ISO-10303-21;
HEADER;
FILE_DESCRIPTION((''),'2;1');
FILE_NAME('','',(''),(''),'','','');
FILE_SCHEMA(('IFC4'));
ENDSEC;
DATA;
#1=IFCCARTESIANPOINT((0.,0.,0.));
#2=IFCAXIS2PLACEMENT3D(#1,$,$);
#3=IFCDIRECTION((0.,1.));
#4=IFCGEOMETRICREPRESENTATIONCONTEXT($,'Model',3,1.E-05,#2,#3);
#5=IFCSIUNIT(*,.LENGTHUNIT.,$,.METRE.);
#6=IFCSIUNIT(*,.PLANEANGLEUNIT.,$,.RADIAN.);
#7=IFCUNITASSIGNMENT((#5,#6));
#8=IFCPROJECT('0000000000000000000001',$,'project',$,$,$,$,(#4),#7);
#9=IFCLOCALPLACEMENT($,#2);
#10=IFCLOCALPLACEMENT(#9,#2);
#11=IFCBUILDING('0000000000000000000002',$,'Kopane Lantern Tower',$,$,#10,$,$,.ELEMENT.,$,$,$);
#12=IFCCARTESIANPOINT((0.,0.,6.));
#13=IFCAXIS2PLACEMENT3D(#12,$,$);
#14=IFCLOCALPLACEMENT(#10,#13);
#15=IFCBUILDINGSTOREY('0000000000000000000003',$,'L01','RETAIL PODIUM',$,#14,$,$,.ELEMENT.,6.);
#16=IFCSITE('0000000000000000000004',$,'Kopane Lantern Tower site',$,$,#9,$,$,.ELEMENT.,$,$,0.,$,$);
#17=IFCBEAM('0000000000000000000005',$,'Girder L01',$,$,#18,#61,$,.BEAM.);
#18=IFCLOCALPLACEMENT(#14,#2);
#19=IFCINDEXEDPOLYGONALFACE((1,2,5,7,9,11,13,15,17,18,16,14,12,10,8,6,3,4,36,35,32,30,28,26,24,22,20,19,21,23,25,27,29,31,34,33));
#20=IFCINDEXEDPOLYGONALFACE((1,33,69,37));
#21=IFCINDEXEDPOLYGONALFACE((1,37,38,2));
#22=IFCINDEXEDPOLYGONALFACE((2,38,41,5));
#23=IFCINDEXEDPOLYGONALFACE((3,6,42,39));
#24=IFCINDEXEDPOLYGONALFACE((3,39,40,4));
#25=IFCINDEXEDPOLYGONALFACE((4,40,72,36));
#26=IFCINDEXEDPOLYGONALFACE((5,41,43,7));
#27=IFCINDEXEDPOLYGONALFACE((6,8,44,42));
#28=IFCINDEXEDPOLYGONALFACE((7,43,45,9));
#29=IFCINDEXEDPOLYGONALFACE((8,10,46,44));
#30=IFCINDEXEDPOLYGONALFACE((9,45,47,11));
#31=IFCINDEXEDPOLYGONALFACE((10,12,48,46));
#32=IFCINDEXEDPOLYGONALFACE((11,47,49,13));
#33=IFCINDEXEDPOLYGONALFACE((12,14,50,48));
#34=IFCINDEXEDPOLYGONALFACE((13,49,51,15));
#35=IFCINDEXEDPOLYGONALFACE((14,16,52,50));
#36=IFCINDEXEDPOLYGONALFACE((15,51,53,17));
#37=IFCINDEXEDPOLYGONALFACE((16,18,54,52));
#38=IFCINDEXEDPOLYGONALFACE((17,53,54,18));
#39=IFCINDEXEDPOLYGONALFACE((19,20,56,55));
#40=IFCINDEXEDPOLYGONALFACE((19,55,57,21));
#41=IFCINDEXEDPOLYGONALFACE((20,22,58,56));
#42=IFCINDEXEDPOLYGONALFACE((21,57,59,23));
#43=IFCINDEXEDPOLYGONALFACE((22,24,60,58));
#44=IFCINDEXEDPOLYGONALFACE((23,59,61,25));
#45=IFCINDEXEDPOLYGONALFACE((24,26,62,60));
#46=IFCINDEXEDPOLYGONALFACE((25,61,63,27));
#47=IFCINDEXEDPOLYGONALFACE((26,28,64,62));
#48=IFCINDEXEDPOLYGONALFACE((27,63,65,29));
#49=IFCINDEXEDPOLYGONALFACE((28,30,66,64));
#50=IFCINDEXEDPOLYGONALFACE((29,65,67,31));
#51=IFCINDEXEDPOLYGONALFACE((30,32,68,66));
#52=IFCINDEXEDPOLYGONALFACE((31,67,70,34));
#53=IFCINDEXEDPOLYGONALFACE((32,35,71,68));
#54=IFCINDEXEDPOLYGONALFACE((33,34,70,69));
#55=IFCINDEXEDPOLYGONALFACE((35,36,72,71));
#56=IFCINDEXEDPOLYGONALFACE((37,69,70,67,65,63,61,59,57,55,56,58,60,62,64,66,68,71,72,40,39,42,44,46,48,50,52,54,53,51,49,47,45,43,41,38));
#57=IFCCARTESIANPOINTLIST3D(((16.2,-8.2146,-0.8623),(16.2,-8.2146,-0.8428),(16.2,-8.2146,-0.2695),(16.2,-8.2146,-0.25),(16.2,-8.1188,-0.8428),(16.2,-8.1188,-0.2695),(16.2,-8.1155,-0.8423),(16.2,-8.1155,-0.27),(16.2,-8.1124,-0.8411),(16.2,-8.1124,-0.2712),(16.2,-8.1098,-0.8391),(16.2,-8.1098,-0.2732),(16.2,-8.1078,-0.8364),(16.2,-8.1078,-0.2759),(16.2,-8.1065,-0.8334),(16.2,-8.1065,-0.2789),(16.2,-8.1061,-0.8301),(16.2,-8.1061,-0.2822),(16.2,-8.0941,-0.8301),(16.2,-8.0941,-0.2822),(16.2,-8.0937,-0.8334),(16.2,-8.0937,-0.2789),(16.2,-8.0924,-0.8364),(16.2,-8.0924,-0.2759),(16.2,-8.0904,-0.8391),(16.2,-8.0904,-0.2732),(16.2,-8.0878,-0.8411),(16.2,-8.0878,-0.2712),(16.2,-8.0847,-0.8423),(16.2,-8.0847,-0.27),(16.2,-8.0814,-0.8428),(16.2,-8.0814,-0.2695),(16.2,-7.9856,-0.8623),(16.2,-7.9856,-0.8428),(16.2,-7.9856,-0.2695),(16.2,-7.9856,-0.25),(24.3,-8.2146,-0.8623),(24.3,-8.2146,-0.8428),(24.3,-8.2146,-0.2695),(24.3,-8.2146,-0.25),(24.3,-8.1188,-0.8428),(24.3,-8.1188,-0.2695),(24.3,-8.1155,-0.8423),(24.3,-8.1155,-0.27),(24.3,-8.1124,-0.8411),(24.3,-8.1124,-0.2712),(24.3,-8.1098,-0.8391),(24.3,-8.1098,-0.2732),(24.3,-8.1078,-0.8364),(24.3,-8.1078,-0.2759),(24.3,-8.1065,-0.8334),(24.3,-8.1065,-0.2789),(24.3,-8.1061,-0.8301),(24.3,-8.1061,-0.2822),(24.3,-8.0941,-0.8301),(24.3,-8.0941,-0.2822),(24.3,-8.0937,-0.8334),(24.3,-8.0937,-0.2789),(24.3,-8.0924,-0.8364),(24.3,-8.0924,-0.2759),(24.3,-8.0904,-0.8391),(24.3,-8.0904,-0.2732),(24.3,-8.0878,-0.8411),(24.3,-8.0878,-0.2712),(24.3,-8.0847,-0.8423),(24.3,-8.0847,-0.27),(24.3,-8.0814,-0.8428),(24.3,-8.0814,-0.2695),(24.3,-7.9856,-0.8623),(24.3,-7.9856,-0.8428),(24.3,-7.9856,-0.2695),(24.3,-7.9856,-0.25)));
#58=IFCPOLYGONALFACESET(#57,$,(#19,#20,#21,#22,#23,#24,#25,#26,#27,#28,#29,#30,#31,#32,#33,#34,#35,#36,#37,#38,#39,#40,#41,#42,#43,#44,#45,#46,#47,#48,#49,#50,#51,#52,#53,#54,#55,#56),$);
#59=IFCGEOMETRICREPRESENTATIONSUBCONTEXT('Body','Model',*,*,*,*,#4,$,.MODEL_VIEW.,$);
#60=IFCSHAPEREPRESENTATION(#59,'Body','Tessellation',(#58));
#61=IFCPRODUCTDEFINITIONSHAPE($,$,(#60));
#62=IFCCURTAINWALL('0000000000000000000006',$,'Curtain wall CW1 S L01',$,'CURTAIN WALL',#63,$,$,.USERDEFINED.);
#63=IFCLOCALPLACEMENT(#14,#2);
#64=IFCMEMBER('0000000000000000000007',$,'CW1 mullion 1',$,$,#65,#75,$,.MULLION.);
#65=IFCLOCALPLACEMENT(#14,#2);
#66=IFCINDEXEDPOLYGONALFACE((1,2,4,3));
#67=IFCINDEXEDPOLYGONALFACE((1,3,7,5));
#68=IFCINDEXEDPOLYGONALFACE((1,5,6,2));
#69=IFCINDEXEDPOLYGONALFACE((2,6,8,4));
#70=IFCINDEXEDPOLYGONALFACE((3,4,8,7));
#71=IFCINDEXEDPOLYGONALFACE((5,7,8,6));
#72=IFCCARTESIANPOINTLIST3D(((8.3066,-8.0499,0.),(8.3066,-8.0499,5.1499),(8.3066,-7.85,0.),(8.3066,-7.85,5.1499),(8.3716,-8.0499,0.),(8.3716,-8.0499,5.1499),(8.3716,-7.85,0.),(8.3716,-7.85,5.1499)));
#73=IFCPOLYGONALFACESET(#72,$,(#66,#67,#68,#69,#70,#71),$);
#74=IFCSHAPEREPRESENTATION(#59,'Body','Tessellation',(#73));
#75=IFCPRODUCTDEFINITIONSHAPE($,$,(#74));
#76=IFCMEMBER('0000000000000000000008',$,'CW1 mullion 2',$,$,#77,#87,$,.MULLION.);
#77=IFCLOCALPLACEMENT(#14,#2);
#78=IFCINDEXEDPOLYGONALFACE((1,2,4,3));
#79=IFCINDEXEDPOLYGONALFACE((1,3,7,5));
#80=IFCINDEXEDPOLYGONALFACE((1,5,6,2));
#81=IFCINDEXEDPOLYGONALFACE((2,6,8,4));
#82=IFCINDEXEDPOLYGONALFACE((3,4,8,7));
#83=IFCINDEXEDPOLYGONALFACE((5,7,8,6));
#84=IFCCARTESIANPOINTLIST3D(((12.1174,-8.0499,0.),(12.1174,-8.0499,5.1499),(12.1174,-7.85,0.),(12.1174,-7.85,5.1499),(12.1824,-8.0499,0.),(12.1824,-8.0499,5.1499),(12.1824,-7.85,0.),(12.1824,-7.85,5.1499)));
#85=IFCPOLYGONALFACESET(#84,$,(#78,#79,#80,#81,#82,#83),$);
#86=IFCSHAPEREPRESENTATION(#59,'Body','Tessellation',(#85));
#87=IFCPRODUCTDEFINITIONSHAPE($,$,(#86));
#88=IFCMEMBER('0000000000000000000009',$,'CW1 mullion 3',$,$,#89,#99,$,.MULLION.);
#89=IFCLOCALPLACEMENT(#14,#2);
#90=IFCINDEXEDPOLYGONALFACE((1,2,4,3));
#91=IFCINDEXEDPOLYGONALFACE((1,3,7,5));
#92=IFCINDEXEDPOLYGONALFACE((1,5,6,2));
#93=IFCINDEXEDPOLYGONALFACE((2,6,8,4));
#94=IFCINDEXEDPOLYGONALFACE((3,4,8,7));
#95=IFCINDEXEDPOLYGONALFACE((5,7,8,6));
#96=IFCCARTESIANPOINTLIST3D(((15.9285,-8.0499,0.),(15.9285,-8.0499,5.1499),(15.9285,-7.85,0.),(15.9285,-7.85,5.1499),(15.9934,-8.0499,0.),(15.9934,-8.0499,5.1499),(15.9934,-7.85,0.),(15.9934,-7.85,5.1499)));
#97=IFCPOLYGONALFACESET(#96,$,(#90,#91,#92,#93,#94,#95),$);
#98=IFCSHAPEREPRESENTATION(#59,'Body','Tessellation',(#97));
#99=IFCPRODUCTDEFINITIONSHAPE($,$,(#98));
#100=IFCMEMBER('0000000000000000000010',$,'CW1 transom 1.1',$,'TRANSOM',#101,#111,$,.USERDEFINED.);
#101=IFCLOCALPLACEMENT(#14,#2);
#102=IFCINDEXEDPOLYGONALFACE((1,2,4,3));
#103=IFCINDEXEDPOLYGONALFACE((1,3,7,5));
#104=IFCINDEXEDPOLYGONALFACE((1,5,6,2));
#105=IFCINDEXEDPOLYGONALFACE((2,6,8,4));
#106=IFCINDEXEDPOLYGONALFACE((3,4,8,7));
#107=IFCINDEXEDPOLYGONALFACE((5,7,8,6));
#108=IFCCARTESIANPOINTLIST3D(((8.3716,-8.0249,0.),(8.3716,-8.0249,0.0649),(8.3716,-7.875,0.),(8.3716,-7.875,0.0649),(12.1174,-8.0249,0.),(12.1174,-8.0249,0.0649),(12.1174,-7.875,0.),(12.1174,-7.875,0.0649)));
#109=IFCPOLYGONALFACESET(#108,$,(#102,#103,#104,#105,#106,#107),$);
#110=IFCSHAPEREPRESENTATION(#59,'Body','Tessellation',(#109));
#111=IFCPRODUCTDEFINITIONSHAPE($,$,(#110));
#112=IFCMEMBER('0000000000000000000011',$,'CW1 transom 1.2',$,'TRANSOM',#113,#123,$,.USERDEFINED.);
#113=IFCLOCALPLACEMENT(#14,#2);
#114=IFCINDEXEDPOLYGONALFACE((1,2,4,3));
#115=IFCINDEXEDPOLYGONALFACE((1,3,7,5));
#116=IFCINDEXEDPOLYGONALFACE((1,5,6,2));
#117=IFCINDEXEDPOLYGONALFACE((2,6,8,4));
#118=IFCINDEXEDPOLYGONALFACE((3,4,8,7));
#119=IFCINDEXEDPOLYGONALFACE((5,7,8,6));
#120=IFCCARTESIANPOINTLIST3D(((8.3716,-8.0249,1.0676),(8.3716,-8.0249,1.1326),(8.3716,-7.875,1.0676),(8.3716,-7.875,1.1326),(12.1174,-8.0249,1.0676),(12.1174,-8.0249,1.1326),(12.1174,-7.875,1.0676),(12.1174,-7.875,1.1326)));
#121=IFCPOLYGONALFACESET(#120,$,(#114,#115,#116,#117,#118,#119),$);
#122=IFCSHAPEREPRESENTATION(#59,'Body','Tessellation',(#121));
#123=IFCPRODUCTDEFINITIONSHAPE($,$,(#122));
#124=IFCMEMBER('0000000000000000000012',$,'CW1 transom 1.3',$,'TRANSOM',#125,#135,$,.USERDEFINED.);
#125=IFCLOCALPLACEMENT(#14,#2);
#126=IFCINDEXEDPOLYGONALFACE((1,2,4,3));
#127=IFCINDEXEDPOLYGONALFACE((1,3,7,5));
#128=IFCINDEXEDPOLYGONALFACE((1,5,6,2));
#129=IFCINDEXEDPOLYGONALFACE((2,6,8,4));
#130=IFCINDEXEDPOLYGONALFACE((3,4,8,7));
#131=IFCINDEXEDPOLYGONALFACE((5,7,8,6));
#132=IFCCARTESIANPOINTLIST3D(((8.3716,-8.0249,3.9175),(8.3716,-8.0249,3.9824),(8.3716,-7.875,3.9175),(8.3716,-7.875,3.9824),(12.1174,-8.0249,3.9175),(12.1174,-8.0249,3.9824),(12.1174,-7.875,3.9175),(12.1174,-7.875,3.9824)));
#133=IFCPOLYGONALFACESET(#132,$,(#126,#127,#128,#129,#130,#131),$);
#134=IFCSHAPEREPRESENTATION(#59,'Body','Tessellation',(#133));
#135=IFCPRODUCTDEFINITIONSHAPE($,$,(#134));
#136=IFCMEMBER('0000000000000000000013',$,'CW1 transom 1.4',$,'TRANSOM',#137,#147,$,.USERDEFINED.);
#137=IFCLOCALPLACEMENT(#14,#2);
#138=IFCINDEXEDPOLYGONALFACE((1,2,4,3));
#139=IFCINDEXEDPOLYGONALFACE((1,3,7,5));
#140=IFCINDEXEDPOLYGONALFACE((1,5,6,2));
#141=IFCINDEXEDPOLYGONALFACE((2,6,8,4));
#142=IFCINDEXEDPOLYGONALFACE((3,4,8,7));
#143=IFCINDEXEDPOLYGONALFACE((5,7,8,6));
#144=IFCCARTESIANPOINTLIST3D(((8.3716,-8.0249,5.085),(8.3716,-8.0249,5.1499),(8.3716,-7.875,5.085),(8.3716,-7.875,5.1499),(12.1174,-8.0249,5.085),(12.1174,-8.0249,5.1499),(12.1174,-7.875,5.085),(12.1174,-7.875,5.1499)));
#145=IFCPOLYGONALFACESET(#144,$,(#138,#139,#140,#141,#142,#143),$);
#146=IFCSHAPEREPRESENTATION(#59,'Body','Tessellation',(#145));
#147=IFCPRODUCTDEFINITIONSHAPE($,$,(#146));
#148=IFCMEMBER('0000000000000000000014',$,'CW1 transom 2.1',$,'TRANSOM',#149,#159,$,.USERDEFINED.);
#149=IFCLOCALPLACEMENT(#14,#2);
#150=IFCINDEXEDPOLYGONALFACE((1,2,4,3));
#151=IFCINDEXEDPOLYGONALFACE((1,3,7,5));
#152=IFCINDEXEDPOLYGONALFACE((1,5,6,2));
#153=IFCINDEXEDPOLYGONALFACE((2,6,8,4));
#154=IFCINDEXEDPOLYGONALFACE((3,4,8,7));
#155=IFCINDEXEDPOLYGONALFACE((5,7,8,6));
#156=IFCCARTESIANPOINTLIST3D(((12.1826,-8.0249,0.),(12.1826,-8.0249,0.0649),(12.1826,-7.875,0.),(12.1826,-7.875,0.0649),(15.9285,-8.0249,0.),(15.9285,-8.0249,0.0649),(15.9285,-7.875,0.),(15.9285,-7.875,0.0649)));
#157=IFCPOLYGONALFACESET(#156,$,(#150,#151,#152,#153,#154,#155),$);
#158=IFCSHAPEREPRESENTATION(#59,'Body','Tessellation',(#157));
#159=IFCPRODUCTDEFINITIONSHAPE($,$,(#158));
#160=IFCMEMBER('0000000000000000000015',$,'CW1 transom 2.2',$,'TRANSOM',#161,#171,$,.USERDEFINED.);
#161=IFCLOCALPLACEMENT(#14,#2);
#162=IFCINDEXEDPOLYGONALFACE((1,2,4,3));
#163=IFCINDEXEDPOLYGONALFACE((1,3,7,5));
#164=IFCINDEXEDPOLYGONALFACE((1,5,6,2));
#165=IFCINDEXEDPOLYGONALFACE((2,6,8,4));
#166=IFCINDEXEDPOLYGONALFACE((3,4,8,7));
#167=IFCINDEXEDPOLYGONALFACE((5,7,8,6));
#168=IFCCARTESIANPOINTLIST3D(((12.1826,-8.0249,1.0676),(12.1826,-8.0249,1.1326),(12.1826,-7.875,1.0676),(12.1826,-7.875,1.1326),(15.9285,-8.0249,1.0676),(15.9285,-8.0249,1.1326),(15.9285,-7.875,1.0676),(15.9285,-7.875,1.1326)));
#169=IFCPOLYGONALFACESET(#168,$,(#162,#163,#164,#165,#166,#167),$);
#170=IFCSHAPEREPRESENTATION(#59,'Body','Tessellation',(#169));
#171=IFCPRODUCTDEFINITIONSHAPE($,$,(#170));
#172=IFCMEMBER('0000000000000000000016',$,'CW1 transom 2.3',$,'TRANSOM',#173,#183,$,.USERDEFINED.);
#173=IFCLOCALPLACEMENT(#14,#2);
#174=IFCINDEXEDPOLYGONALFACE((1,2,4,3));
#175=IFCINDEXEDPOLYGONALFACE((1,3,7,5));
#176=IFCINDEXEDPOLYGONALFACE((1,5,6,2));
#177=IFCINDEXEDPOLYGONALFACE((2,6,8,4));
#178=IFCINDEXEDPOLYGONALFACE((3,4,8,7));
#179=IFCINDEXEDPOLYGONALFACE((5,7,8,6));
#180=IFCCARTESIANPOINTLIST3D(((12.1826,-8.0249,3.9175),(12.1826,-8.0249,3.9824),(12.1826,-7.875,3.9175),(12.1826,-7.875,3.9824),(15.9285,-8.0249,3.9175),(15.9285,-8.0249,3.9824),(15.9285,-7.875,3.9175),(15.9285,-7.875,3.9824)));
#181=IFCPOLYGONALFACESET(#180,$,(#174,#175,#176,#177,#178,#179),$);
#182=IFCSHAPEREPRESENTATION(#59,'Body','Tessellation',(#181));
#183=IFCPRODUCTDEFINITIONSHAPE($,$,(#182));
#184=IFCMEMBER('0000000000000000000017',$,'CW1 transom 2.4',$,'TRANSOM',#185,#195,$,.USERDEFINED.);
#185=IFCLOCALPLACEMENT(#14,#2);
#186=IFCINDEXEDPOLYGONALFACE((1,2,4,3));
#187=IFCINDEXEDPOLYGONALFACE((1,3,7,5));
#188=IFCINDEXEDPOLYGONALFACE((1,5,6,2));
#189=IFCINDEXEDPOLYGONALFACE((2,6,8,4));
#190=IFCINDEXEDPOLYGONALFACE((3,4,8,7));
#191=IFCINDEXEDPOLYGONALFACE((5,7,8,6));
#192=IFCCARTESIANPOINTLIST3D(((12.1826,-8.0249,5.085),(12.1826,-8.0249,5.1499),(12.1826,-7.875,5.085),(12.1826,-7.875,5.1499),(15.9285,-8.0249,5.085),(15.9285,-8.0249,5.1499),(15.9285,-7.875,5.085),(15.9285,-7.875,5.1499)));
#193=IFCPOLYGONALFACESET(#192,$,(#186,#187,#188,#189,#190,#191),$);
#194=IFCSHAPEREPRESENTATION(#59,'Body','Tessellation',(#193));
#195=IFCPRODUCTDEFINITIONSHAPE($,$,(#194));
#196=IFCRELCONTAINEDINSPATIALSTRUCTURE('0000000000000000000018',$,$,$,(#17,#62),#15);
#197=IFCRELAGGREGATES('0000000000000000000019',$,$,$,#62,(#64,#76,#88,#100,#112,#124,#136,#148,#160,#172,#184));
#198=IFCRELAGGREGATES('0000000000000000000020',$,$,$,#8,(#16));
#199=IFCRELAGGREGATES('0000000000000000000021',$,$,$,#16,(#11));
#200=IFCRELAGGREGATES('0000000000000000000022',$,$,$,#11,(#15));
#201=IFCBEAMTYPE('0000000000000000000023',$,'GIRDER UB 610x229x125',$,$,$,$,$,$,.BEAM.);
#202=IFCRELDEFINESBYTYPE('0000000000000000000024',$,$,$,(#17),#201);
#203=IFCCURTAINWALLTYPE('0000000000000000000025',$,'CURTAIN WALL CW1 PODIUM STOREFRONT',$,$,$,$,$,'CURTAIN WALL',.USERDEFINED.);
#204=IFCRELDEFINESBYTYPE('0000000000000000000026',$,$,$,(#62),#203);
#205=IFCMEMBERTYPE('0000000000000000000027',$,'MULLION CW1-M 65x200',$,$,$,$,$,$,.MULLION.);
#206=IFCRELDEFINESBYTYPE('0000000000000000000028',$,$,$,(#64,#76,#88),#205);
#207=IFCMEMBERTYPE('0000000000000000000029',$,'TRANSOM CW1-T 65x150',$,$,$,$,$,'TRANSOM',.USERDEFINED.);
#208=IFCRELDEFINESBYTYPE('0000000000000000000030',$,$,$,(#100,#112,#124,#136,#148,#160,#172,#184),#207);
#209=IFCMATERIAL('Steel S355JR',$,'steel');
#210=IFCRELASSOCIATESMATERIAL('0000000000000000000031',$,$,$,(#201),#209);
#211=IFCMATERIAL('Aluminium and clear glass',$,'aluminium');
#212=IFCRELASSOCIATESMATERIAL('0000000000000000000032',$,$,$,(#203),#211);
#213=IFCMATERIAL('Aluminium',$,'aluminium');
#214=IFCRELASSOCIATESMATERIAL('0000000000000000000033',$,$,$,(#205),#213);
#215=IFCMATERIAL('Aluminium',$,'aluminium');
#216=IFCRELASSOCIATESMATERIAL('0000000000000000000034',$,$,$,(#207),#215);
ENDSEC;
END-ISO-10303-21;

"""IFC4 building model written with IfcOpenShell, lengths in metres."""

from ifc_helpers import new_model, si_unit, direction, frame, origin, origin_2d, place, context, subcontext, project, spatial, rectangle, i_section, extrude, material, material_profile, profile_set, type_object, element, aggregate, save


model = new_model("IFC4")

# Units and contexts
model_context = context("Model", 3, precision=1e-05, world=origin(), true_north=direction((0.0, 1.0)))
body_context = subcontext(model_context, "Body", "Model", "MODEL_VIEW")
ifc_project = project(units=[si_unit("LENGTHUNIT", "METRE"), si_unit("PLANEANGLEUNIT", "RADIAN")], contexts=[model_context])

# Site, building, storey
site_placement = place(None, origin())
site = spatial("IfcSite", under=ifc_project, at=site_placement, Name="Kopane Lantern Tower site", CompositionType="ELEMENT", RefElevation=0.0)
building_placement = place(site_placement, origin())
building = spatial("IfcBuilding", under=site, at=building_placement, Name="Kopane Lantern Tower", CompositionType="ELEMENT")
storey_placement = place(building_placement, frame((0.0, 0.0, 6.0)))
storey = spatial("IfcBuildingStorey", under=building, at=storey_placement, Name="L01", Description="RETAIL PODIUM", CompositionType="ELEMENT", Elevation=6.0)

# Beam
ifc_material_1 = material(Name="Steel S355JR", Category="steel")
ifc_material_profile_1 = material_profile(ifc_material_1, i_section(OverallWidth=0.229, OverallDepth=0.6123, WebThickness=0.012, FlangeThickness=0.0195, FilletRadius=0.0127, at=origin_2d()), Name="UB 610x229x125")
ifc_profile_set_1 = profile_set([ifc_material_profile_1], Name="Steel S355JR")
beam_type = type_object("IfcBeamType", Name="GIRDER UB 610x229x125", PredefinedType="BEAM", material=ifc_profile_set_1)
for number, where, z_axis, x_axis, name in (
    (1, (16.2, -8.1001, -0.5562), (1.0, 0.0, 0.0), (0.0, 1.0, 0.0), "Girder L01"),
):
    element("IfcBeam", number, at=place(storey_placement, frame(where, z_axis=z_axis, x_axis=x_axis)), inside=storey, type_object=beam_type, Name=name, PredefinedType="BEAM", context=body_context, shape_type="SweptSolid", body=[
        extrude(i_section(OverallWidth=0.229, OverallDepth=0.6123, WebThickness=0.012, FlangeThickness=0.0195, FilletRadius=0.0127, at=origin_2d()), origin(), (0.0, 0.0, 1.0), 8.1001),
    ])

# Curtain wall, members
ifc_material_2 = material(Name="Aluminium and clear glass", Category="aluminium")
curtain_wall_type = type_object("IfcCurtainWallType", Name="CURTAIN WALL CW1 PODIUM STOREFRONT", ElementType="CURTAIN WALL", PredefinedType="USERDEFINED", material=ifc_material_2)
curtain_wall_placement = place(storey_placement, origin())
curtain_wall = element("IfcCurtainWall", 2, at=curtain_wall_placement, inside=storey, type_object=curtain_wall_type, Name="Curtain wall CW1 S L01", ObjectType="CURTAIN WALL", PredefinedType="USERDEFINED")
ifc_material_3 = material(Name="Aluminium", Category="aluminium")
ifc_material_profile_2 = material_profile(ifc_material_3, rectangle(XDim=0.0649, YDim=0.2, at=origin_2d()), Name="AL 65x200")
ifc_profile_set_2 = profile_set([ifc_material_profile_2], Name="Aluminium")
member_type_1 = type_object("IfcMemberType", Name="MULLION CW1-M 65x200", PredefinedType="MULLION", material=ifc_profile_set_2)
member_1_placement = place(storey_placement, frame((8.3391, -7.95, 0.0), z_axis=(0.0, 0.0, 1.0), x_axis=(1.0, 0.0, 0.0)))
member_1 = element("IfcMember", 3, at=member_1_placement, type_object=member_type_1, Name="CW1 mullion 1", PredefinedType="MULLION", context=body_context, shape_type="SweptSolid", body=[
    extrude(rectangle(XDim=0.0649, YDim=0.2, at=origin_2d()), origin(), (0.0, 0.0, 1.0), 5.1499),
])
member_2_placement = place(storey_placement, frame((12.1499, -7.95, 0.0), z_axis=(0.0, 0.0, 1.0), x_axis=(1.0, 0.0, 0.0)))
member_2 = element("IfcMember", 4, at=member_2_placement, type_object=member_type_1, Name="CW1 mullion 2", PredefinedType="MULLION", context=body_context, shape_type="SweptSolid", body=[
    extrude(rectangle(XDim=0.0649, YDim=0.2, at=origin_2d()), origin(), (0.0, 0.0, 1.0), 5.1499),
])
member_3_placement = place(storey_placement, frame((15.9609, -7.95, 0.0), z_axis=(0.0, 0.0, 1.0), x_axis=(1.0, 0.0, 0.0)))
member_3 = element("IfcMember", 5, at=member_3_placement, type_object=member_type_1, Name="CW1 mullion 3", PredefinedType="MULLION", context=body_context, shape_type="SweptSolid", body=[
    extrude(rectangle(XDim=0.0649, YDim=0.2, at=origin_2d()), origin(), (0.0, 0.0, 1.0), 5.1499),
])
ifc_material_4 = material(Name="Aluminium", Category="aluminium")
ifc_material_profile_3 = material_profile(ifc_material_4, rectangle(XDim=0.1499, YDim=0.0649, at=origin_2d()), Name="AL 150x65")
ifc_profile_set_3 = profile_set([ifc_material_profile_3], Name="Aluminium")
member_type_2 = type_object("IfcMemberType", Name="TRANSOM CW1-T 65x150", ElementType="TRANSOM", PredefinedType="USERDEFINED", material=ifc_profile_set_3)
member_4_placement = place(storey_placement, frame((8.3716, -7.95, 0.0325), z_axis=(1.0, 0.0, 0.0), x_axis=(0.0, 1.0, 0.0)))
member_4 = element("IfcMember", 6, at=member_4_placement, type_object=member_type_2, Name="CW1 transom 1.1", ObjectType="TRANSOM", PredefinedType="USERDEFINED", context=body_context, shape_type="SweptSolid", body=[
    extrude(rectangle(XDim=0.1499, YDim=0.0649, at=origin_2d()), origin(), (0.0, 0.0, 1.0), 3.7458),
])
member_5_placement = place(storey_placement, frame((8.3716, -7.95, 1.1001), z_axis=(1.0, 0.0, 0.0), x_axis=(0.0, 1.0, 0.0)))
member_5 = element("IfcMember", 7, at=member_5_placement, type_object=member_type_2, Name="CW1 transom 1.2", ObjectType="TRANSOM", PredefinedType="USERDEFINED", context=body_context, shape_type="SweptSolid", body=[
    extrude(rectangle(XDim=0.1499, YDim=0.0649, at=origin_2d()), origin(), (0.0, 0.0, 1.0), 3.7458),
])
member_6_placement = place(storey_placement, frame((8.3716, -7.95, 3.95), z_axis=(1.0, 0.0, 0.0), x_axis=(0.0, 1.0, 0.0)))
member_6 = element("IfcMember", 8, at=member_6_placement, type_object=member_type_2, Name="CW1 transom 1.3", ObjectType="TRANSOM", PredefinedType="USERDEFINED", context=body_context, shape_type="SweptSolid", body=[
    extrude(rectangle(XDim=0.1499, YDim=0.0649, at=origin_2d()), origin(), (0.0, 0.0, 1.0), 3.7458),
])
member_7_placement = place(storey_placement, frame((8.3716, -7.95, 5.1174), z_axis=(1.0, 0.0, 0.0), x_axis=(0.0, 1.0, 0.0)))
member_7 = element("IfcMember", 9, at=member_7_placement, type_object=member_type_2, Name="CW1 transom 1.4", ObjectType="TRANSOM", PredefinedType="USERDEFINED", context=body_context, shape_type="SweptSolid", body=[
    extrude(rectangle(XDim=0.1499, YDim=0.0649, at=origin_2d()), origin(), (0.0, 0.0, 1.0), 3.7458),
])
member_8_placement = place(storey_placement, frame((12.1826, -7.95, 0.0325), z_axis=(1.0, 0.0, 0.0), x_axis=(0.0, 1.0, 0.0)))
member_8 = element("IfcMember", 10, at=member_8_placement, type_object=member_type_2, Name="CW1 transom 2.1", ObjectType="TRANSOM", PredefinedType="USERDEFINED", context=body_context, shape_type="SweptSolid", body=[
    extrude(rectangle(XDim=0.1499, YDim=0.0649, at=origin_2d()), origin(), (0.0, 0.0, 1.0), 3.7458),
])
member_9_placement = place(storey_placement, frame((12.1826, -7.95, 1.1001), z_axis=(1.0, 0.0, 0.0), x_axis=(0.0, 1.0, 0.0)))
member_9 = element("IfcMember", 11, at=member_9_placement, type_object=member_type_2, Name="CW1 transom 2.2", ObjectType="TRANSOM", PredefinedType="USERDEFINED", context=body_context, shape_type="SweptSolid", body=[
    extrude(rectangle(XDim=0.1499, YDim=0.0649, at=origin_2d()), origin(), (0.0, 0.0, 1.0), 3.7458),
])
member_10_placement = place(storey_placement, frame((12.1826, -7.95, 3.95), z_axis=(1.0, 0.0, 0.0), x_axis=(0.0, 1.0, 0.0)))
member_10 = element("IfcMember", 12, at=member_10_placement, type_object=member_type_2, Name="CW1 transom 2.3", ObjectType="TRANSOM", PredefinedType="USERDEFINED", context=body_context, shape_type="SweptSolid", body=[
    extrude(rectangle(XDim=0.1499, YDim=0.0649, at=origin_2d()), origin(), (0.0, 0.0, 1.0), 3.7458),
])
member_11_placement = place(storey_placement, frame((12.1826, -7.95, 5.1174), z_axis=(1.0, 0.0, 0.0), x_axis=(0.0, 1.0, 0.0)))
member_11 = element("IfcMember", 13, at=member_11_placement, type_object=member_type_2, Name="CW1 transom 2.4", ObjectType="TRANSOM", PredefinedType="USERDEFINED", context=body_context, shape_type="SweptSolid", body=[
    extrude(rectangle(XDim=0.1499, YDim=0.0649, at=origin_2d()), origin(), (0.0, 0.0, 1.0), 3.7458),
])
aggregate(curtain_wall, [member_1, member_2, member_3, member_4, member_5, member_6, member_7, member_8, member_9, member_10, member_11])

save(model, "model.ifc")
